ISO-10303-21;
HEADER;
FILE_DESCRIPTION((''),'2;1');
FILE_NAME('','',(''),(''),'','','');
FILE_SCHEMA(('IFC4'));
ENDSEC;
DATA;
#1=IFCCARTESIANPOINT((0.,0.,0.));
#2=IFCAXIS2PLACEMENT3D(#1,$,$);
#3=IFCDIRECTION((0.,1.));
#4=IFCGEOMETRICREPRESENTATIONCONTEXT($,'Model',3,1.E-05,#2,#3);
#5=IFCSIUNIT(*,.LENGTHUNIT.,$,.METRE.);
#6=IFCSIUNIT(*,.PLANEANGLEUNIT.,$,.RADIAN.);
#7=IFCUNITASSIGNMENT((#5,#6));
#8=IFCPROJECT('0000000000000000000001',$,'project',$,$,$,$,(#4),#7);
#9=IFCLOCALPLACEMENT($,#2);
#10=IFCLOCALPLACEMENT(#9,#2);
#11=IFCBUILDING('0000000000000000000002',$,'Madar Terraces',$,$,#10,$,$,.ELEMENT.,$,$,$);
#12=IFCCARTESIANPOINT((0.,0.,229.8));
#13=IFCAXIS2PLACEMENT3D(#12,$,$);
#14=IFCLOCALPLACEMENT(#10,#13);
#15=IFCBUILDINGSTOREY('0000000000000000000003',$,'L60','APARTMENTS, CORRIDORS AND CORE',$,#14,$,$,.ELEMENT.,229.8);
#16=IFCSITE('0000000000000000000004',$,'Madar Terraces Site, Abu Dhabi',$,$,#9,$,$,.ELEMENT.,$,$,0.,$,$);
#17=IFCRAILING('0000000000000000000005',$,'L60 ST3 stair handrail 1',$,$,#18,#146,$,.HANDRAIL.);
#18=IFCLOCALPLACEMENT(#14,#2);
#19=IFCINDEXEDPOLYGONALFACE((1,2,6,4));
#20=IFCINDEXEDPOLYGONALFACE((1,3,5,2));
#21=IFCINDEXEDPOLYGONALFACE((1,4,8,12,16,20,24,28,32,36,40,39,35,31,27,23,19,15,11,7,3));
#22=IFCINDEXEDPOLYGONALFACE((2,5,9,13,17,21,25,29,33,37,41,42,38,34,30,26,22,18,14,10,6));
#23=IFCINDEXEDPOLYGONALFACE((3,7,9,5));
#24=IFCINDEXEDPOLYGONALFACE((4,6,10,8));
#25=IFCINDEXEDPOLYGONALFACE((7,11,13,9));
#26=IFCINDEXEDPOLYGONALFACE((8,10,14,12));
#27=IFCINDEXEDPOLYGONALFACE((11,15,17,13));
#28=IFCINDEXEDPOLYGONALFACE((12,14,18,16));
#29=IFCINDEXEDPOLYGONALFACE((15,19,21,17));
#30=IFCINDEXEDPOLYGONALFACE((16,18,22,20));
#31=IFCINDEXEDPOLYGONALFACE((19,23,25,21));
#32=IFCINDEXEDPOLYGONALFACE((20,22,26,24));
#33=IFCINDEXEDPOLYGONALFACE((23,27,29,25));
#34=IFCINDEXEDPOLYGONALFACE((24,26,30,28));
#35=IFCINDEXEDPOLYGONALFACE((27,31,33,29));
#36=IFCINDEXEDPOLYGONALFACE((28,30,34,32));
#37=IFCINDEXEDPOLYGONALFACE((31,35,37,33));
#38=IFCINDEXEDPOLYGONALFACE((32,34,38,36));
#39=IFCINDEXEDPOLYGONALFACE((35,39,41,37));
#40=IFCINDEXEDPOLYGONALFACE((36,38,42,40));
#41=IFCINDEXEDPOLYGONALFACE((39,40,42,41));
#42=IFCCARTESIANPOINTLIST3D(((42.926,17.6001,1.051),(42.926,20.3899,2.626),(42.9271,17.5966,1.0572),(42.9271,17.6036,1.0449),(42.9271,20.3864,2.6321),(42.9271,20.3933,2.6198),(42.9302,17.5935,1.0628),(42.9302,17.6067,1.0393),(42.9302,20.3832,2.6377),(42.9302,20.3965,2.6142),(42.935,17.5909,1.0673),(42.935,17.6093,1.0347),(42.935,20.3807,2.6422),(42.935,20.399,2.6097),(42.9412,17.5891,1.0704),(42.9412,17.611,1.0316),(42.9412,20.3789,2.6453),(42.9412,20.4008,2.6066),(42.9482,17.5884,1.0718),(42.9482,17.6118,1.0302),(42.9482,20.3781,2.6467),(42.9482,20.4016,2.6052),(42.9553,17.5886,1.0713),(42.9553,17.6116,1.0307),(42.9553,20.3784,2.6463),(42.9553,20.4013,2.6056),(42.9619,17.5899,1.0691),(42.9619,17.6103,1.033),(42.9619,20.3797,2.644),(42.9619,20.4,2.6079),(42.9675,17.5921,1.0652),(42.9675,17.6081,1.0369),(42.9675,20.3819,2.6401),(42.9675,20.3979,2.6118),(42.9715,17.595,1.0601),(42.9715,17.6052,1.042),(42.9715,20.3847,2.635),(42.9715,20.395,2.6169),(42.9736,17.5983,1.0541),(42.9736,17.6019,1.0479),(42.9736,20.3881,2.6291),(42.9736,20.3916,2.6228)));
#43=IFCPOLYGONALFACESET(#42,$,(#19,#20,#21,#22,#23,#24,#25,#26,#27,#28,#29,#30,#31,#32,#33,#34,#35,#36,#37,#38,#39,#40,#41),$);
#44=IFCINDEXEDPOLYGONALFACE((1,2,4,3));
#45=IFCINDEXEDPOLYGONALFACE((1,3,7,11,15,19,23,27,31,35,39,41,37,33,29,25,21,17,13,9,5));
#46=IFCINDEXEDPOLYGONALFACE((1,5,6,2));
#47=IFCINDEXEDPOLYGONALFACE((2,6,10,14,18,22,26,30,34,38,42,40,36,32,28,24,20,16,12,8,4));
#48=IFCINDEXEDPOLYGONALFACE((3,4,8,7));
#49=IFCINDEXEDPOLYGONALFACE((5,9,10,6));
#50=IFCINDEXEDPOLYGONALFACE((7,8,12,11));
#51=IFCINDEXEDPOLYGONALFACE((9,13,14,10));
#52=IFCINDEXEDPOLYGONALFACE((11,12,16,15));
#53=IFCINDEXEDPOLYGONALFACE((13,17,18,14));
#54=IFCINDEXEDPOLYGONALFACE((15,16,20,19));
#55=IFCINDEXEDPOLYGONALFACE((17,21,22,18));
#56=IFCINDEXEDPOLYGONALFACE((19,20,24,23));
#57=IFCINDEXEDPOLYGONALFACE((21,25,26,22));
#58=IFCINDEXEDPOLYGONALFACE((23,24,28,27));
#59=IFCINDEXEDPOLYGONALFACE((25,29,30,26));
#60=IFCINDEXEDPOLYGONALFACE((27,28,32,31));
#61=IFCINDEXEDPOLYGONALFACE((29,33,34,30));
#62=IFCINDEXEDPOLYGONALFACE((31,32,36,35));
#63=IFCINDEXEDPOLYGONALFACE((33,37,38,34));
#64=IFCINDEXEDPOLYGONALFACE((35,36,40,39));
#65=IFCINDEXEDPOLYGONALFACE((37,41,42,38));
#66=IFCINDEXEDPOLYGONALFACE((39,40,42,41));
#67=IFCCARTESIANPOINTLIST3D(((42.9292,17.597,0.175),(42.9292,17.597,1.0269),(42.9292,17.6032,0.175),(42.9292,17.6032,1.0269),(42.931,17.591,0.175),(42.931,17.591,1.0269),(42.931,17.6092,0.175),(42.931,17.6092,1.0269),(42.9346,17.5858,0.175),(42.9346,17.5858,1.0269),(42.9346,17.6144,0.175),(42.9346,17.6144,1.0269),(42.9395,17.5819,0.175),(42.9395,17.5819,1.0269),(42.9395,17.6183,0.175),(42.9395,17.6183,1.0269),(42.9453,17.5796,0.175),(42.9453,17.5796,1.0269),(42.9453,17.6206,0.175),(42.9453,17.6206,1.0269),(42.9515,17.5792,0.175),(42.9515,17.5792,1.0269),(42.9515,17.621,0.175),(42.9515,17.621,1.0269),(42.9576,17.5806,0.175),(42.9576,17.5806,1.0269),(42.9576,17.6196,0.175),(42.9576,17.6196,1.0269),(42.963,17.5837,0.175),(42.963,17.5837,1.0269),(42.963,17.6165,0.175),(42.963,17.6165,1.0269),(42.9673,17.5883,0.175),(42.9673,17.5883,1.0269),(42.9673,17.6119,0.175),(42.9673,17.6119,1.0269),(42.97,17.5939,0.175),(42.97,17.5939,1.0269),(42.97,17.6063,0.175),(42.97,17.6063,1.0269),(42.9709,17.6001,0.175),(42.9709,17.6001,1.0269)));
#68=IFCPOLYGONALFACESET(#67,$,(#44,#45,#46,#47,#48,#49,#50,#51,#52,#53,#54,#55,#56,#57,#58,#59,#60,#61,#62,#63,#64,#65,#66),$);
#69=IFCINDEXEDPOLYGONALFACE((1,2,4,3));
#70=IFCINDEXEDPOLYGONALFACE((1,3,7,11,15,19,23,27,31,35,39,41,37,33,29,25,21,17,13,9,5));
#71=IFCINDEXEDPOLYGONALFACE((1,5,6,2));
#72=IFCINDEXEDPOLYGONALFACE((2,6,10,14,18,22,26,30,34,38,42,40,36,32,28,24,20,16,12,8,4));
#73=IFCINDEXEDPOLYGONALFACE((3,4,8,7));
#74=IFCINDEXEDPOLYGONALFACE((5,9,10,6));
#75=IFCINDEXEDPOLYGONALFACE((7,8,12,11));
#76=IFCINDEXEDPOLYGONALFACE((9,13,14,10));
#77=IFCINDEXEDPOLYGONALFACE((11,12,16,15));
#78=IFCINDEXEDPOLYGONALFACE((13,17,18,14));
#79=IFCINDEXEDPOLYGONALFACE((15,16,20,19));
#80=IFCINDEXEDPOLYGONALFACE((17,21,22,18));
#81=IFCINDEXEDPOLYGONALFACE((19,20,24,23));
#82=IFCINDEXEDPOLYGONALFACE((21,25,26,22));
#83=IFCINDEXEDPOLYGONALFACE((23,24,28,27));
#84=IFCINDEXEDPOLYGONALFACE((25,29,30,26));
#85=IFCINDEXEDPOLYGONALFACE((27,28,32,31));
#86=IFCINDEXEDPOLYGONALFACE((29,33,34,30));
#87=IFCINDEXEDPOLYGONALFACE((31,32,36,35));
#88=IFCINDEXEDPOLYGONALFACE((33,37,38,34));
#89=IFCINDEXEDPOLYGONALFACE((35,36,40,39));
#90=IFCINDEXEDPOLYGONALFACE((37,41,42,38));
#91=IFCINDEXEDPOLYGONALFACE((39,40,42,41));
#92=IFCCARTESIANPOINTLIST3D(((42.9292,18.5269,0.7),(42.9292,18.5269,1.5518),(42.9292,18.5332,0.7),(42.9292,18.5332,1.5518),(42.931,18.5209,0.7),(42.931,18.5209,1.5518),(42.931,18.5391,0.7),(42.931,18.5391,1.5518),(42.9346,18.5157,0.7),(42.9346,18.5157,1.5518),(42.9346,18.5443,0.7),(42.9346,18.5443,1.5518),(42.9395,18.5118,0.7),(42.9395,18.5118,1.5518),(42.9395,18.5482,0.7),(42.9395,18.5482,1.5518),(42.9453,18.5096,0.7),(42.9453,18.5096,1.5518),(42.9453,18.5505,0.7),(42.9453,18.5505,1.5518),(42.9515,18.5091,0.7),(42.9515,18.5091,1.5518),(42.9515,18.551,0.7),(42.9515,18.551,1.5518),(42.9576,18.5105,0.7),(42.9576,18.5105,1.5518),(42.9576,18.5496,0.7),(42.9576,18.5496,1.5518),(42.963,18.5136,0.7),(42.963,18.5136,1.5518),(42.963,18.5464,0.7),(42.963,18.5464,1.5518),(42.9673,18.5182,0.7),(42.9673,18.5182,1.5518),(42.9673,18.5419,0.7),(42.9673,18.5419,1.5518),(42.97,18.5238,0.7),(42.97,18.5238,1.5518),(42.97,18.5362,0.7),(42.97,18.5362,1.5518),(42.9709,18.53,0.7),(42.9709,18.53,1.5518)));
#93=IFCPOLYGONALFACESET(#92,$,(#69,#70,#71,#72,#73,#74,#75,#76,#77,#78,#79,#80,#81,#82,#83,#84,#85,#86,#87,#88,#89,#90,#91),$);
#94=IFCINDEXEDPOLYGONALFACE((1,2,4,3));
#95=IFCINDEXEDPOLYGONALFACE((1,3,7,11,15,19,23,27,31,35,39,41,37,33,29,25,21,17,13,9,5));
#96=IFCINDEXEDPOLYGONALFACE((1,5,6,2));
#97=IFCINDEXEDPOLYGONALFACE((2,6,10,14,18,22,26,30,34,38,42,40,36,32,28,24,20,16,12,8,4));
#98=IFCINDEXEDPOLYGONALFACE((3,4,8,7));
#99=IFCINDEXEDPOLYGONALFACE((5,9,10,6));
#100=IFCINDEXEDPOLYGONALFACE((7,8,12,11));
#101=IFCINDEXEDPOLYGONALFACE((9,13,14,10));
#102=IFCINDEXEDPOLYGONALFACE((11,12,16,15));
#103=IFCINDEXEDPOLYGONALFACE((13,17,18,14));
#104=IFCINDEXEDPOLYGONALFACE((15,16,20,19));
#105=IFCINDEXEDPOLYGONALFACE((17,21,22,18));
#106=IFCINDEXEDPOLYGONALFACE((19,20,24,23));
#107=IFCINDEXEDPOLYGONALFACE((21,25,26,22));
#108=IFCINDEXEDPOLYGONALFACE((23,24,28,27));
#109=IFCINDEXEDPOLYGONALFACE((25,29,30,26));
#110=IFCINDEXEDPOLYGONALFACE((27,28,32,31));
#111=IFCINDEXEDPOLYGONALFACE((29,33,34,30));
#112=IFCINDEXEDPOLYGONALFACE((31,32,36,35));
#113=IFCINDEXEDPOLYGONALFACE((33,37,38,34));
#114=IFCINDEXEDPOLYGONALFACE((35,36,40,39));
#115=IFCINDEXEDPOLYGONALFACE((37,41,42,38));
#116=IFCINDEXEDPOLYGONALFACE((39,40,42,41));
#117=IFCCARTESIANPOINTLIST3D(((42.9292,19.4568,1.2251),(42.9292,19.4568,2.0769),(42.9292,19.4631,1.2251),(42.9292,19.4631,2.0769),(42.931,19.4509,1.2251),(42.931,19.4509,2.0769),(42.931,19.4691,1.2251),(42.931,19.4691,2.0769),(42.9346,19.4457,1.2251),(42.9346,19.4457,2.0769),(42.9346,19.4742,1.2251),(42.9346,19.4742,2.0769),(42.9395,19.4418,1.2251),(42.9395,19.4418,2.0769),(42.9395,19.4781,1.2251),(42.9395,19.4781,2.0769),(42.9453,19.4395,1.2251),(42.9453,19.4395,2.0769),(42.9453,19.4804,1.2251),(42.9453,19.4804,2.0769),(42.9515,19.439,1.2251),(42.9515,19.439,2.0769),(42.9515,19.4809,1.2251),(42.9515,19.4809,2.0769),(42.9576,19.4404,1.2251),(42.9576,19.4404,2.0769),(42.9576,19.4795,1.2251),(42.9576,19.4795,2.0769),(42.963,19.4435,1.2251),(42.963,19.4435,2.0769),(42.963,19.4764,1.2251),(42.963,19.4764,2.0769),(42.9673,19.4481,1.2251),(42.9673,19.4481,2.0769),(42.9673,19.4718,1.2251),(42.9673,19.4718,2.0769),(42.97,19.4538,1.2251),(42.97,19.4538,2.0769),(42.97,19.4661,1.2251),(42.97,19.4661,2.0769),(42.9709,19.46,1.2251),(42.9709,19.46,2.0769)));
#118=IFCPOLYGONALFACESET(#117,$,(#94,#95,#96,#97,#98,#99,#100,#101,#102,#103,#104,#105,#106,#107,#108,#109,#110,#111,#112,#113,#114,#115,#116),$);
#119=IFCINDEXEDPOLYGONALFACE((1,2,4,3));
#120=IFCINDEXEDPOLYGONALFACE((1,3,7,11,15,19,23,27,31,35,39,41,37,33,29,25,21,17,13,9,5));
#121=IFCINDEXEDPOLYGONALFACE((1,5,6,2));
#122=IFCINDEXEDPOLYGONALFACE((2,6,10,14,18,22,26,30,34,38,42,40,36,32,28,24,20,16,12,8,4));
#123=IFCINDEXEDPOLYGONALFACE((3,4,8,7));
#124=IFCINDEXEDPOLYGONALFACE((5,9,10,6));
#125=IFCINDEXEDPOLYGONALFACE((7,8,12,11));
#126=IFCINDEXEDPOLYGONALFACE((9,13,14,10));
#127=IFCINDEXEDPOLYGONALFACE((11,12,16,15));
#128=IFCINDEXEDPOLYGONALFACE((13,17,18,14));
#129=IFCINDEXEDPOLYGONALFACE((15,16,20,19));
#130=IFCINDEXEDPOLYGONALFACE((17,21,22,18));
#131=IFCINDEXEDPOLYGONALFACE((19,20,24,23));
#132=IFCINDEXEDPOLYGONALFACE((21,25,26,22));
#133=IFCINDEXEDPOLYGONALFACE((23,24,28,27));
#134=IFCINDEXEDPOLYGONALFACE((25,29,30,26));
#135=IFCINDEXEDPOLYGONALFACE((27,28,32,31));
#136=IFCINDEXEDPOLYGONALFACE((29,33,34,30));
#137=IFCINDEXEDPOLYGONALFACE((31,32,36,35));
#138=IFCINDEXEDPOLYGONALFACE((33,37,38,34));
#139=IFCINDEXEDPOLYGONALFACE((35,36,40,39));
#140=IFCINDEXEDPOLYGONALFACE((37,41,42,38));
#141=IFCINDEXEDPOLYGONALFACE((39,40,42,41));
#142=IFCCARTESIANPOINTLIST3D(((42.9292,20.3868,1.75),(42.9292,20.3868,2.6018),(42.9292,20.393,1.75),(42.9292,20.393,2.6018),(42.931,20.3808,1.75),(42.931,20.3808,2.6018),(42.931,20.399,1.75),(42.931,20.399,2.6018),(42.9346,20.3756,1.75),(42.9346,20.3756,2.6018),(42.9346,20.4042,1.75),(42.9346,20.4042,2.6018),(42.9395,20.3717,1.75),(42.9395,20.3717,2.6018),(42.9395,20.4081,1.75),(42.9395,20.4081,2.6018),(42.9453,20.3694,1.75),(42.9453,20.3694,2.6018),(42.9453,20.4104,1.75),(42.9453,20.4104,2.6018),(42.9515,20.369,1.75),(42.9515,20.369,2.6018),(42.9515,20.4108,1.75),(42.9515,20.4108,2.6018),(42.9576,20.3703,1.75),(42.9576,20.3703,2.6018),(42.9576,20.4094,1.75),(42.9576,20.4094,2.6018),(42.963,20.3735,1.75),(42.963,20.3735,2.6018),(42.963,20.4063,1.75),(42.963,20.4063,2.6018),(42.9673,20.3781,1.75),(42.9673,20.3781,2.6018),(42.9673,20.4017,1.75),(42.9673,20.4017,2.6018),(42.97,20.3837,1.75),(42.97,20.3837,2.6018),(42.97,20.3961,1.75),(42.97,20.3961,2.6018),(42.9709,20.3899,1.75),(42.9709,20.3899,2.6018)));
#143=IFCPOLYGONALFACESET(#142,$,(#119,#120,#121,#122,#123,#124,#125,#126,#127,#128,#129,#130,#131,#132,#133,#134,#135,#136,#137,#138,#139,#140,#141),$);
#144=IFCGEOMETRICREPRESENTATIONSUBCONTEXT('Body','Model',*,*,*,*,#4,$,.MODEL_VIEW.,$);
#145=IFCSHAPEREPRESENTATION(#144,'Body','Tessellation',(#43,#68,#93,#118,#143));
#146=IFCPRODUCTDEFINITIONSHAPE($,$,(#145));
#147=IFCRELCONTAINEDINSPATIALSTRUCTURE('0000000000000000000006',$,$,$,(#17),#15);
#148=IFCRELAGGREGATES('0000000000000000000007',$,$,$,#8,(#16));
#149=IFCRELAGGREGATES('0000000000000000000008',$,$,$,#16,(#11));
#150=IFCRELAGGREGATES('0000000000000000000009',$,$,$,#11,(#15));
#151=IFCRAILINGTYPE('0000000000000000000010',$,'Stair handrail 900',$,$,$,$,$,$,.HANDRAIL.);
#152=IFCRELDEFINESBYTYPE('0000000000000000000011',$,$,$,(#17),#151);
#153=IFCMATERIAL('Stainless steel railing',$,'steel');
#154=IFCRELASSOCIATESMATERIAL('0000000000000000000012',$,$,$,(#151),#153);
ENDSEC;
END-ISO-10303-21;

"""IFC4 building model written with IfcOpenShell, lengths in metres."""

from ifc_helpers import new_model, si_unit, direction, frame, origin, origin_2d, place, context, subcontext, project, spatial, circle, extrude, material, type_object, element, save


model = new_model("IFC4")

# Units and contexts
model_context = context("Model", 3, precision=1e-05, world=origin(), true_north=direction((0.0, 1.0)))
body_context = subcontext(model_context, "Body", "Model", "MODEL_VIEW")
ifc_project = project(units=[si_unit("LENGTHUNIT", "METRE"), si_unit("PLANEANGLEUNIT", "RADIAN")], contexts=[model_context])

# Site, building, storey
site_placement = place(None, origin())
site = spatial("IfcSite", under=ifc_project, at=site_placement, Name="Madar Terraces Site, Abu Dhabi", CompositionType="ELEMENT", RefElevation=0.0)
building_placement = place(site_placement, origin())
building = spatial("IfcBuilding", under=site, at=building_placement, Name="Madar Terraces", CompositionType="ELEMENT")
storey_placement = place(building_placement, frame((0.0, 0.0, 229.8)))
storey = spatial("IfcBuildingStorey", under=building, at=storey_placement, Name="L60", Description="APARTMENTS, CORRIDORS AND CORE", CompositionType="ELEMENT", Elevation=229.8)

# Railing
ifc_material_1 = material(Name="Stainless steel railing", Category="steel")
railing_type_1 = type_object("IfcRailingType", Name="Stair handrail 900", PredefinedType="HANDRAIL", material=ifc_material_1)
railing_1_placement = place(storey_placement, frame((42.95, 17.6001, 0.175)))
element("IfcRailing", 1, at=railing_1_placement, inside=storey, type_object=railing_type_1, Name="L60 ST3 stair handrail 1", PredefinedType="HANDRAIL", context=body_context, shape_type="SweptSolid", body=[
    extrude(circle(Radius=0.0239, at=origin_2d()), frame((0.0, 0.0, 0.876), z_axis=(0.0, 0.870815, 0.49161), x_axis=(-1.0, 0.0, 0.0)), (0.0, 0.0, 1.0), 3.2036),
    extrude(circle(Radius=0.021, at=origin_2d()), origin(), (0.0, 0.0, 1.0), 0.8518),
    extrude(circle(Radius=0.021, at=origin_2d()), frame((0.0, 0.9299, 0.5249)), (0.0, 0.0, 1.0), 0.8518),
    extrude(circle(Radius=0.021, at=origin_2d()), frame((0.0, 1.8599, 1.05)), (0.0, 0.0, 1.0), 0.8518),
    extrude(circle(Radius=0.021, at=origin_2d()), frame((0.0, 2.7898, 1.575)), (0.0, 0.0, 1.0), 0.8518),
])

save(model, "model.ifc")
